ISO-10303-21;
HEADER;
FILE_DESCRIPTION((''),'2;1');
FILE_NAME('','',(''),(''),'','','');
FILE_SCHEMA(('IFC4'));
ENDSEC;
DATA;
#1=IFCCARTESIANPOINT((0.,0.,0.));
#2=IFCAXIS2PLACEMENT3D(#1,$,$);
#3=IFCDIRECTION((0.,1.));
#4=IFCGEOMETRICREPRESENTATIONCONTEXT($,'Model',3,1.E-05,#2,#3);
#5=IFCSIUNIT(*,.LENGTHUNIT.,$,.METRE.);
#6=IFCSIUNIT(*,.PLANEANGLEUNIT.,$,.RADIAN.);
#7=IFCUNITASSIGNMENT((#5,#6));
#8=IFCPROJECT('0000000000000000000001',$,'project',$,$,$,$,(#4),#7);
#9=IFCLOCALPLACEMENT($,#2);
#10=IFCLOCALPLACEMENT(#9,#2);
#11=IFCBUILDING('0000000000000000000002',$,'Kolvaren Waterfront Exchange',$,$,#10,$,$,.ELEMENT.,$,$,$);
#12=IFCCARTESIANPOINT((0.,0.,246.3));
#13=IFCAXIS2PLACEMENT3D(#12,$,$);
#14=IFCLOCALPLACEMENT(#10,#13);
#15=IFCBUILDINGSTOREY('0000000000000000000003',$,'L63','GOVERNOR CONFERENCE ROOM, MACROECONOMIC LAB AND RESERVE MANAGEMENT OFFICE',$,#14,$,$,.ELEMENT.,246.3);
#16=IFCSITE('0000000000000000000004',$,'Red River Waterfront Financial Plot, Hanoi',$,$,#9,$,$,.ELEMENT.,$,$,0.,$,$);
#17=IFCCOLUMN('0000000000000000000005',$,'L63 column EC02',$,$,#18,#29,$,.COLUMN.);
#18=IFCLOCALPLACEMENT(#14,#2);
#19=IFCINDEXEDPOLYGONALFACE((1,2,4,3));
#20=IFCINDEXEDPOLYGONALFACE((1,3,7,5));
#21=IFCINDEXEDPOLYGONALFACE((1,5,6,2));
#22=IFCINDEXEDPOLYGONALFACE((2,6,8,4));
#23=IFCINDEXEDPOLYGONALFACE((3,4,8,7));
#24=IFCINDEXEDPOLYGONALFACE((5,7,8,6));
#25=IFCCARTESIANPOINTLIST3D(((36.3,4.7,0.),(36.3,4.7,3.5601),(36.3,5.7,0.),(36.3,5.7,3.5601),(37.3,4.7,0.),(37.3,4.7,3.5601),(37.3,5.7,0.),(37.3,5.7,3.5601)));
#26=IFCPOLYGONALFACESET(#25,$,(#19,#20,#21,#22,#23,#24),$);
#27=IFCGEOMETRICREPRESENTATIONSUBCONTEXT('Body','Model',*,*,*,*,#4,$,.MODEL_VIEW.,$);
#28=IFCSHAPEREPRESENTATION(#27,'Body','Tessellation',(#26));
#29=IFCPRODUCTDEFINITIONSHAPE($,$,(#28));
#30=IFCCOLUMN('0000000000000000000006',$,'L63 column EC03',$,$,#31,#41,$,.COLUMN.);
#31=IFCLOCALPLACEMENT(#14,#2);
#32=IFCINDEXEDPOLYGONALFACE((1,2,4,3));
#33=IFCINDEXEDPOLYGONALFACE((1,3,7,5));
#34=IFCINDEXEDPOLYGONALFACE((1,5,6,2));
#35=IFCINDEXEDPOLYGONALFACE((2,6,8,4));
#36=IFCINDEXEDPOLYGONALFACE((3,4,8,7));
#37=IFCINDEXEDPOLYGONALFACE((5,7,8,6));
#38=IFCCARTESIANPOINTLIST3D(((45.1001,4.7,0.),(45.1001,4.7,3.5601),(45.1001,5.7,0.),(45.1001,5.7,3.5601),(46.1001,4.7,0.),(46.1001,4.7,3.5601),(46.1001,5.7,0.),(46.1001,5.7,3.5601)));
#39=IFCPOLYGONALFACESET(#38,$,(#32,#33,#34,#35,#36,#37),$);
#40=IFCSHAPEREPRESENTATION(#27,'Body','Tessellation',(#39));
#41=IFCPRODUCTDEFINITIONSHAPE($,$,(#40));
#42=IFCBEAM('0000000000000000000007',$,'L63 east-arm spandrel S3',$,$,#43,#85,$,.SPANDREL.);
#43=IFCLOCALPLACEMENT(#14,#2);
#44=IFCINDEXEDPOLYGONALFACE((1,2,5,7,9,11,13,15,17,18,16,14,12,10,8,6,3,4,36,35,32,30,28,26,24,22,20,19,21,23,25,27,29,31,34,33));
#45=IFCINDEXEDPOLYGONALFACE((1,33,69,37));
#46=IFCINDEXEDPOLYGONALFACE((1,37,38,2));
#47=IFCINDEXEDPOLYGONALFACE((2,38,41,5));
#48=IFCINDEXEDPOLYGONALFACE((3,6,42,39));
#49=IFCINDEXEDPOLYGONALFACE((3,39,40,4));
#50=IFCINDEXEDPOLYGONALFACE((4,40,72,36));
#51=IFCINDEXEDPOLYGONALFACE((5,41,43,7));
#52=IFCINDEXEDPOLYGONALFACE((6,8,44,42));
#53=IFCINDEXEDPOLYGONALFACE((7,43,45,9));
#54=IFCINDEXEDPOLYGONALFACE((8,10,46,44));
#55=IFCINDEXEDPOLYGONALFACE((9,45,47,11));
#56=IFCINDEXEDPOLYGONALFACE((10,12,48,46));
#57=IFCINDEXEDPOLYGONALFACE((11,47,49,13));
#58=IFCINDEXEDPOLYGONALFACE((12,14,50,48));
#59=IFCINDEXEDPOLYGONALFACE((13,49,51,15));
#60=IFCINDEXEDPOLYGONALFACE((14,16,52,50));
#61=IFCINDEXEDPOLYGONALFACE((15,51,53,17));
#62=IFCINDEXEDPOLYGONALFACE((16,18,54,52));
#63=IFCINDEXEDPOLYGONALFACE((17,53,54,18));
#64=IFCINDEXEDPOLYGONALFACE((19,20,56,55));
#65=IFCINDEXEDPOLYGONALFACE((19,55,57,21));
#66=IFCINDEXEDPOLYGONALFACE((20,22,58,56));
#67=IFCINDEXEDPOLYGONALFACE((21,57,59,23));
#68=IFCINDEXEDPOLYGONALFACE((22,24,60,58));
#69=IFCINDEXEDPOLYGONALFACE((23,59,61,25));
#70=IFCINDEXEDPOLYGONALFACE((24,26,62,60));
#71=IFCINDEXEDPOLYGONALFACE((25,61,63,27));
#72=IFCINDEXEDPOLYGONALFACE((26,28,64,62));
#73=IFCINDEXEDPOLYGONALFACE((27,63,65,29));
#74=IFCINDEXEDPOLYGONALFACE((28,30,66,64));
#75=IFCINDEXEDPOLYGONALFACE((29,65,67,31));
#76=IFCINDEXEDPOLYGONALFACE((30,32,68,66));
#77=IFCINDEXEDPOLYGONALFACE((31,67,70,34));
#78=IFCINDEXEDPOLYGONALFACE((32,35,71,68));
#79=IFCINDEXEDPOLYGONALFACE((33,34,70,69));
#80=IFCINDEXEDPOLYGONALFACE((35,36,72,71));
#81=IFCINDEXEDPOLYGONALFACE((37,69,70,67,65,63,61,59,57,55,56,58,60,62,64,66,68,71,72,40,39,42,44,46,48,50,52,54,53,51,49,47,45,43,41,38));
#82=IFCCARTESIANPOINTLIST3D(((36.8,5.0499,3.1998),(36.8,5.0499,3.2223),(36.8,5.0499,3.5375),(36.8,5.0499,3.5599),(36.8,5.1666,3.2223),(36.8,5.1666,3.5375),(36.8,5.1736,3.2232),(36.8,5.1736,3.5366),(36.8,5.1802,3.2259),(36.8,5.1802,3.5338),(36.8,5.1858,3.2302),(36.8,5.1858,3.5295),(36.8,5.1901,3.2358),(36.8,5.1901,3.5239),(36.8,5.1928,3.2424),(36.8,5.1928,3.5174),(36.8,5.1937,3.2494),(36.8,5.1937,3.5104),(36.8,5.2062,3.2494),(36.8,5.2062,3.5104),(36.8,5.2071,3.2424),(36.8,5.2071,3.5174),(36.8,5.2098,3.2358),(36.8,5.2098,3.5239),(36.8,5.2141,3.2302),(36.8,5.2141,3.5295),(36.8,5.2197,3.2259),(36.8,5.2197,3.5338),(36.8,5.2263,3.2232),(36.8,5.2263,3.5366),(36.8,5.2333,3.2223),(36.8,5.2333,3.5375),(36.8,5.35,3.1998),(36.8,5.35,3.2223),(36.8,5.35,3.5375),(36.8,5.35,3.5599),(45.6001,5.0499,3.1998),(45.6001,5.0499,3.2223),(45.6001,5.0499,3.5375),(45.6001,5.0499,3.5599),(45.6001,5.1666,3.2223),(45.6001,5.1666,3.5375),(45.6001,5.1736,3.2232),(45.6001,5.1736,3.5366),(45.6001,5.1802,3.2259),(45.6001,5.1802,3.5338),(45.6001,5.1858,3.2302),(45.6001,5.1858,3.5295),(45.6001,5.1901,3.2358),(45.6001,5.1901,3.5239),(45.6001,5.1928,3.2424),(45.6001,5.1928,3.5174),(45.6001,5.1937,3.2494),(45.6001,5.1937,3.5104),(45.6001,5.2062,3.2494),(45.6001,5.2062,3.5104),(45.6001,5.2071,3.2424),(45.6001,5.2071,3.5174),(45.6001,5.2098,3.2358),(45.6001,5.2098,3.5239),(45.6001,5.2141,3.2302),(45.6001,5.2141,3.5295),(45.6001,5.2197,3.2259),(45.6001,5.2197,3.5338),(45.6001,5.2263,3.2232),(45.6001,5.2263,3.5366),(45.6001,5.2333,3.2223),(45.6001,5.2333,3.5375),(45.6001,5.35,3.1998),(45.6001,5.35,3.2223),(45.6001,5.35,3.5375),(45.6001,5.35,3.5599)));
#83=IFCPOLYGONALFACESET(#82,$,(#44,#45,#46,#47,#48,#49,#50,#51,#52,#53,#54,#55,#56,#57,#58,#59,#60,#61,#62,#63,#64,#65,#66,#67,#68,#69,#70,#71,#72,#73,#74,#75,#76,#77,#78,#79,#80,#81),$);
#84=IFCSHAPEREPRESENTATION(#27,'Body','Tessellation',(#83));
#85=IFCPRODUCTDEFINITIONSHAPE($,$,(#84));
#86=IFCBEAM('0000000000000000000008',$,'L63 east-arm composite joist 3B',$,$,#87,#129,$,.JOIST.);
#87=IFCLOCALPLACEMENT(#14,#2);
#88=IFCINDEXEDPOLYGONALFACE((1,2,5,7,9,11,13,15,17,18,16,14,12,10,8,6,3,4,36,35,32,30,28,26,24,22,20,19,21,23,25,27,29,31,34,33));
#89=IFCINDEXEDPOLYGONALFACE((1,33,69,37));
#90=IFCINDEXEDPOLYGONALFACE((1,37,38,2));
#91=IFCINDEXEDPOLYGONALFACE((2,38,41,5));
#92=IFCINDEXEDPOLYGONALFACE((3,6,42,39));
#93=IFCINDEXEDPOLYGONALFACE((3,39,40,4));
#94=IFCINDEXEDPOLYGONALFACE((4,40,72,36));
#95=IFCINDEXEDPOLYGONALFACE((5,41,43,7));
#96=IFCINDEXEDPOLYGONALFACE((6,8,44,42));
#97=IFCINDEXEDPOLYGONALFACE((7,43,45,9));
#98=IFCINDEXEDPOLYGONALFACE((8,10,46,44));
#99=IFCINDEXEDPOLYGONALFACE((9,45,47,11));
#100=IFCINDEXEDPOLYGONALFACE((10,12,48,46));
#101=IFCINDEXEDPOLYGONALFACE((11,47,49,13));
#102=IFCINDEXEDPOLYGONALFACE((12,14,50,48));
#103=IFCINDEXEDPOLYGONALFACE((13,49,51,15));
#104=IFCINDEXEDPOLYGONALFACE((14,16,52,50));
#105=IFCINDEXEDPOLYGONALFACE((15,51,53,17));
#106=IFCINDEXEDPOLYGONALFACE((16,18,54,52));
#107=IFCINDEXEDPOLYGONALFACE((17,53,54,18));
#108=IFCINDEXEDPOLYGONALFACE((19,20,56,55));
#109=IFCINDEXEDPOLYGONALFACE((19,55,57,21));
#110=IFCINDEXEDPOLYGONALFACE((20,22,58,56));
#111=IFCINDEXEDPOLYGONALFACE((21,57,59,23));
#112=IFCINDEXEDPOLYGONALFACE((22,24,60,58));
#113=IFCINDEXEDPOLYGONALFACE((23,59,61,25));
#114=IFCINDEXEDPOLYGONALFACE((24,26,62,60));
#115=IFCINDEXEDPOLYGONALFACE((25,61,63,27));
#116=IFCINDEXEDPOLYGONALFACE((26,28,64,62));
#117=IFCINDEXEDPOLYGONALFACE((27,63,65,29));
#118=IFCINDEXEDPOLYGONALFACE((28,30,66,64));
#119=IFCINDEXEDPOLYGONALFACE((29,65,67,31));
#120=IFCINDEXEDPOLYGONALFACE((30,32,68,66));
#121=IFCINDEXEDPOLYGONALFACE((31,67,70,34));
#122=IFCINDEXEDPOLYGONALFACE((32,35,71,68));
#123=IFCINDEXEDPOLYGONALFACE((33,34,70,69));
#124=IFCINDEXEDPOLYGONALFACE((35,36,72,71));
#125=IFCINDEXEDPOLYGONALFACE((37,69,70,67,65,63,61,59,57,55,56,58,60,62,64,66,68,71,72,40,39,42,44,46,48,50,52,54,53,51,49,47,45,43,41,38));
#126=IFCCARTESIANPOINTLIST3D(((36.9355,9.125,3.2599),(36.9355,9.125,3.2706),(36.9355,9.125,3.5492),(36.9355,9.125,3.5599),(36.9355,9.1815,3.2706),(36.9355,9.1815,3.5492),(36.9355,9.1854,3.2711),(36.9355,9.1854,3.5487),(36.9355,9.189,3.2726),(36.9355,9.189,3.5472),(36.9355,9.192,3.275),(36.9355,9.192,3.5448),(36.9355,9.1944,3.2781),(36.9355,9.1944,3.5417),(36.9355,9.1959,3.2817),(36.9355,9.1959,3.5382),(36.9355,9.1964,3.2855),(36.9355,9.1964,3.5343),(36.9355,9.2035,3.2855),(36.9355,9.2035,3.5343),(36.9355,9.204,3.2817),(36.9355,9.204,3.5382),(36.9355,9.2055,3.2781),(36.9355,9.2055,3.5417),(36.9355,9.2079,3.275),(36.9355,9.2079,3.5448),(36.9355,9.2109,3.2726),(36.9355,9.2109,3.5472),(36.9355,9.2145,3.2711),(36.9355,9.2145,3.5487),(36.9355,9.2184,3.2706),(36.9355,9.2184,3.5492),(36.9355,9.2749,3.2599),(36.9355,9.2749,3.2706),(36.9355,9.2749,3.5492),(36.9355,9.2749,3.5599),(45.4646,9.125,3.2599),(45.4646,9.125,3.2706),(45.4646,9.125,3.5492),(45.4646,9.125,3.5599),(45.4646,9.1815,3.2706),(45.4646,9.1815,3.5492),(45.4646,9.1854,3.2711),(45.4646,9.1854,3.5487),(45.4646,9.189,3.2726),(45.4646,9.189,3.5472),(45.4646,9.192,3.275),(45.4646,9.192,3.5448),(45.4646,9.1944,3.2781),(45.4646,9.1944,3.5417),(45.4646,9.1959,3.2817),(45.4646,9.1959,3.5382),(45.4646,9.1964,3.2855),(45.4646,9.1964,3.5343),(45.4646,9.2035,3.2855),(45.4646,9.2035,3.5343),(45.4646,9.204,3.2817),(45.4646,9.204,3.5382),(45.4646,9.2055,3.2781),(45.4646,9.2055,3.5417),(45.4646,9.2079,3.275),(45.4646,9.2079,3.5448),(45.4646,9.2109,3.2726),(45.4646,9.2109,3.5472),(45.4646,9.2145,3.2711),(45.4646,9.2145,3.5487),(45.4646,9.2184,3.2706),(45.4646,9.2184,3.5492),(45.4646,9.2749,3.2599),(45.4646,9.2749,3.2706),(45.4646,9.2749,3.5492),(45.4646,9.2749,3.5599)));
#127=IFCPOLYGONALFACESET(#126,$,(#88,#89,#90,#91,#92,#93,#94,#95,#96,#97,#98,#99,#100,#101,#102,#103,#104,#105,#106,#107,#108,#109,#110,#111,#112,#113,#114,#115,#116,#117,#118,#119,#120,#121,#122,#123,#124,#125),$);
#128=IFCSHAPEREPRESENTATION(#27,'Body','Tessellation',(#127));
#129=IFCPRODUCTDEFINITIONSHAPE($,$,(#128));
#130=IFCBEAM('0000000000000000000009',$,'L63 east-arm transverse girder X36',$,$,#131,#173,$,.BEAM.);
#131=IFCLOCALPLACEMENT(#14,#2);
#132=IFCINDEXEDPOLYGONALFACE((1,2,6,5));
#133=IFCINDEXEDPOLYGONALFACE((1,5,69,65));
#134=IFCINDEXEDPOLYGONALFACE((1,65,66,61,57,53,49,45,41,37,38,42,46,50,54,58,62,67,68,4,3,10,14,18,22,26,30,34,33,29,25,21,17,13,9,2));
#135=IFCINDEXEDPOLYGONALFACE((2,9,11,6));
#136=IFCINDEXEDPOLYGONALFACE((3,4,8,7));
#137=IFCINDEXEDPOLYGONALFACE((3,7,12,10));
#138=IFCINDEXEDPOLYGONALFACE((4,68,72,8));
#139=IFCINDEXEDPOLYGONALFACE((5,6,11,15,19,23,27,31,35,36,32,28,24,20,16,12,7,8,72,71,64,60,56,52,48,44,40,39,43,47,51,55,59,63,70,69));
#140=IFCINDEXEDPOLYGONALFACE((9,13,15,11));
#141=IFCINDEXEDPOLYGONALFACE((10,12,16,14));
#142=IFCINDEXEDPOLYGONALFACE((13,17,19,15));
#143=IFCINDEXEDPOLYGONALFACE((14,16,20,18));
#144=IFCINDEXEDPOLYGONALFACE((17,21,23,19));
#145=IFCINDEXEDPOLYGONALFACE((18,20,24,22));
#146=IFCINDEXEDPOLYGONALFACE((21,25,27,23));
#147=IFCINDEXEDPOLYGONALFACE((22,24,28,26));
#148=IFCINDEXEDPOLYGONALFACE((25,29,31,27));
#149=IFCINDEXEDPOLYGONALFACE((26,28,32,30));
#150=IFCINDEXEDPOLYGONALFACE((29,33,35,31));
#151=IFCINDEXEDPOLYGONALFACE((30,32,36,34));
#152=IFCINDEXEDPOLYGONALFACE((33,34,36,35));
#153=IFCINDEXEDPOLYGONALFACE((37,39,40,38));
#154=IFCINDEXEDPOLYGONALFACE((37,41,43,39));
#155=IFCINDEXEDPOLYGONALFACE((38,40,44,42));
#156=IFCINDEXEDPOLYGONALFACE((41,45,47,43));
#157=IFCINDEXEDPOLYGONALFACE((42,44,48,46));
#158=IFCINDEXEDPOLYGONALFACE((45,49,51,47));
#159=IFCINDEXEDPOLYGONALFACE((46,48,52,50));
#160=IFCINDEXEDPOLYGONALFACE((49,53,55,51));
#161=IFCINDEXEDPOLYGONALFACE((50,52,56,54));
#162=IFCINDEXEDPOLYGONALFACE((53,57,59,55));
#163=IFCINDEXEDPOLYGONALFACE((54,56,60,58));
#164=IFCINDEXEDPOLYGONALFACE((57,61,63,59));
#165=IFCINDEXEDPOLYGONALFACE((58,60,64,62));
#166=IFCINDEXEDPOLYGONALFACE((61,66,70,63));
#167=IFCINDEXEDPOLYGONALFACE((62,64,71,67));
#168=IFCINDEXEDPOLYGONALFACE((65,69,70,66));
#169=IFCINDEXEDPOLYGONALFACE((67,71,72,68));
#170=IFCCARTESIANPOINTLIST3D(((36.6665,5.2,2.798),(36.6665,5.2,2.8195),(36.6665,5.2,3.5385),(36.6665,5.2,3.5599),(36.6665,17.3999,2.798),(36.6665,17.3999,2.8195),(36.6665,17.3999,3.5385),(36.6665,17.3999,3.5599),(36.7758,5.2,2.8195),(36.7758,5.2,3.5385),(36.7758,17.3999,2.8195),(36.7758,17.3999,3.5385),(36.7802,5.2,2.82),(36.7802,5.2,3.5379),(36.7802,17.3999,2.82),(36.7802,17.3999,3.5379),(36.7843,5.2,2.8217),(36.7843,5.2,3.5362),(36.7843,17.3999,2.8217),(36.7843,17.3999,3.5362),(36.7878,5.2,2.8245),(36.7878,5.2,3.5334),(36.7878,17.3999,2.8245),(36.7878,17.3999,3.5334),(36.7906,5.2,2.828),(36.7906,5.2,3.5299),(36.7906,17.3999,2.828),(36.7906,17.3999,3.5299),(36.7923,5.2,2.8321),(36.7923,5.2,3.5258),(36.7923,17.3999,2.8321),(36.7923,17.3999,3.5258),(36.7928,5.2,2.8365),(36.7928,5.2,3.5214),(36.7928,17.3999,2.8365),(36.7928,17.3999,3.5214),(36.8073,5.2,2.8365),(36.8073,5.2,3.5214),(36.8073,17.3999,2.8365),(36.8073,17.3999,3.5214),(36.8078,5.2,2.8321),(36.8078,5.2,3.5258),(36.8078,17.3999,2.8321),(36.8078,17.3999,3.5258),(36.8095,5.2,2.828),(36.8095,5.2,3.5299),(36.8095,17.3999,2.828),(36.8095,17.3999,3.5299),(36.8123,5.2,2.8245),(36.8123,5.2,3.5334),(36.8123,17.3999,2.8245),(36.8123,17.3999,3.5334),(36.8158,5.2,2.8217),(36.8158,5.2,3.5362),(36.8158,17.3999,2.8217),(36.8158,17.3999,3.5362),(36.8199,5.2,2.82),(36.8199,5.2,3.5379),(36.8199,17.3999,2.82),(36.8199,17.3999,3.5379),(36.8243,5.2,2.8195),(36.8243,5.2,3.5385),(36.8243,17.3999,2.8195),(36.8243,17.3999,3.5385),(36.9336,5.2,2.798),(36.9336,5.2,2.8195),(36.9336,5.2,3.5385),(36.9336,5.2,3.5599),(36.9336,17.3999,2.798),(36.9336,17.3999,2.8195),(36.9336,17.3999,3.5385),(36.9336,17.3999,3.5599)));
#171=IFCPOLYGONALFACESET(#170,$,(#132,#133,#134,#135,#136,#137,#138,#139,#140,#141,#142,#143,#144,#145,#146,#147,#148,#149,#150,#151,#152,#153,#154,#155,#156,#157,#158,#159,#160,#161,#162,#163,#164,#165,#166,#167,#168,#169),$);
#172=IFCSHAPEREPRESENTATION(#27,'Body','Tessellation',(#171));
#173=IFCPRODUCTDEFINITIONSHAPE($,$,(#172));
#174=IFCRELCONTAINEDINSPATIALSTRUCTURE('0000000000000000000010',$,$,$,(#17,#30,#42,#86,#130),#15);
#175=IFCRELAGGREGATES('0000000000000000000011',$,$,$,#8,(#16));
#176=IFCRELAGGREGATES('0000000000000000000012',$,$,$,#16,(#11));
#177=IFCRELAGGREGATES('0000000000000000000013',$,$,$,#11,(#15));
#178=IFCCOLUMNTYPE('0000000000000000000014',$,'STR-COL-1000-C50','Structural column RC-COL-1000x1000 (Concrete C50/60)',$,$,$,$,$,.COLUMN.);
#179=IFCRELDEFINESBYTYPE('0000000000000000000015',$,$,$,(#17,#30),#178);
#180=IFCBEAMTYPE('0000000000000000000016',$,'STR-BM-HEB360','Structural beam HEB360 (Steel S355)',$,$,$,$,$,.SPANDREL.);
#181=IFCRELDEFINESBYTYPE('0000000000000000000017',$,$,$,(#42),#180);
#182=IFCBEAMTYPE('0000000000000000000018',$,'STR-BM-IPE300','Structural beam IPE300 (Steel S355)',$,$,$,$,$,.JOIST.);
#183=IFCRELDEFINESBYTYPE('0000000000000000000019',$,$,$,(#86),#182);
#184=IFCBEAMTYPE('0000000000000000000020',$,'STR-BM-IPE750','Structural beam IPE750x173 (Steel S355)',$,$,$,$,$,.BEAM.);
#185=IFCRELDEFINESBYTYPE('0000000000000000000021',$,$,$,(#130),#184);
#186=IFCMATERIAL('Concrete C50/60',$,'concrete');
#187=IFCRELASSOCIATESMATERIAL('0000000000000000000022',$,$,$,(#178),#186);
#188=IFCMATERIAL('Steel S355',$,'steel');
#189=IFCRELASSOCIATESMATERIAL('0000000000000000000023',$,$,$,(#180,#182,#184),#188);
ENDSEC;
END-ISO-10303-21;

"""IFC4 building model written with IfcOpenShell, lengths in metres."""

from ifc_helpers import new_model, si_unit, direction, frame, origin, origin_2d, place, context, subcontext, project, spatial, rectangle, i_section, extrude, material, material_profile, profile_set, type_object, element, save


model = new_model("IFC4")

# Units and contexts
model_context = context("Model", 3, precision=1e-05, world=origin(), true_north=direction((0.0, 1.0)))
body_context = subcontext(model_context, "Body", "Model", "MODEL_VIEW")
ifc_project = project(units=[si_unit("LENGTHUNIT", "METRE"), si_unit("PLANEANGLEUNIT", "RADIAN")], contexts=[model_context])

# Site, building, storey
site_placement = place(None, origin())
site = spatial("IfcSite", under=ifc_project, at=site_placement, Name="Red River Waterfront Financial Plot, Hanoi", CompositionType="ELEMENT", RefElevation=0.0)
building_placement = place(site_placement, origin())
building = spatial("IfcBuilding", under=site, at=building_placement, Name="Kolvaren Waterfront Exchange", CompositionType="ELEMENT")
storey_placement = place(building_placement, frame((0.0, 0.0, 246.3)))
storey = spatial("IfcBuildingStorey", under=building, at=storey_placement, Name="L63", Description="GOVERNOR CONFERENCE ROOM, MACROECONOMIC LAB AND RESERVE MANAGEMENT OFFICE", CompositionType="ELEMENT", Elevation=246.3)

# Columns
ifc_material_1 = material(Name="Concrete C50/60", Category="concrete")
ifc_material_profile_1 = material_profile(ifc_material_1, rectangle(XDim=1.0, YDim=1.0, at=origin_2d()), Name="RC-COL-1000x1000")
ifc_profile_set_1 = profile_set([ifc_material_profile_1], Name="Concrete C50/60")
column_type = type_object("IfcColumnType", Name="STR-COL-1000-C50", Description="Structural column RC-COL-1000x1000 (Concrete C50/60)", PredefinedType="COLUMN", material=ifc_profile_set_1)
for number, where, z_axis, x_axis, name in (
    (1, (36.8, 5.2, 0.0), (0.0, 0.0, 1.0), (1.0, 0.0, 0.0), "L63 column EC02"),
    (2, (45.6001, 5.2, 0.0), (0.0, 0.0, 1.0), (1.0, 0.0, 0.0), "L63 column EC03"),
):
    element("IfcColumn", number, at=place(storey_placement, frame(where, z_axis=z_axis, x_axis=x_axis)), inside=storey, type_object=column_type, Name=name, PredefinedType="COLUMN", context=body_context, shape_type="SweptSolid", body=[
        extrude(rectangle(XDim=1.0, YDim=1.0, at=origin_2d()), origin(), (0.0, 0.0, 1.0), 3.5601),
    ])

# Beams
ifc_material_2 = material(Name="Steel S355", Category="steel")
ifc_material_profile_2 = material_profile(ifc_material_2, i_section(OverallWidth=0.3, OverallDepth=0.3601, WebThickness=0.0125, FlangeThickness=0.0225, FilletRadius=0.0271, at=origin_2d()), Name="HEB360")
ifc_profile_set_2 = profile_set([ifc_material_profile_2], Name="Steel S355")
beam_type_1 = type_object("IfcBeamType", Name="STR-BM-HEB360", Description="Structural beam HEB360 (Steel S355)", PredefinedType="SPANDREL", material=ifc_profile_set_2)
beam_1_placement = place(storey_placement, frame((36.8, 5.2, 3.3799), z_axis=(1.0, 0.0, 0.0), x_axis=(0.0, 1.0, 0.0)))
element("IfcBeam", 3, at=beam_1_placement, inside=storey, type_object=beam_type_1, Name="L63 east-arm spandrel S3", PredefinedType="SPANDREL", context=body_context, shape_type="SweptSolid", body=[
    extrude(i_section(OverallWidth=0.3, OverallDepth=0.3601, WebThickness=0.0125, FlangeThickness=0.0225, FilletRadius=0.0271, at=origin_2d()), origin(), (0.0, 0.0, 1.0), 8.8),
])
ifc_material_profile_3 = material_profile(ifc_material_2, i_section(OverallWidth=0.1499, OverallDepth=0.3, WebThickness=0.0071, FlangeThickness=0.0107, FilletRadius=0.0149, at=origin_2d()), Name="IPE300")
ifc_profile_set_3 = profile_set([ifc_material_profile_3], Name="Steel S355")
beam_type_2 = type_object("IfcBeamType", Name="STR-BM-IPE300", Description="Structural beam IPE300 (Steel S355)", PredefinedType="JOIST", material=ifc_profile_set_3)
beam_2_placement = place(storey_placement, frame((36.9355, 9.2, 3.4099), z_axis=(1.0, 0.0, 0.0), x_axis=(0.0, 1.0, 0.0)))
element("IfcBeam", 4, at=beam_2_placement, inside=storey, type_object=beam_type_2, Name="L63 east-arm composite joist 3B", PredefinedType="JOIST", context=body_context, shape_type="SweptSolid", body=[
    extrude(i_section(OverallWidth=0.1499, OverallDepth=0.3, WebThickness=0.0071, FlangeThickness=0.0107, FilletRadius=0.0149, at=origin_2d()), origin(), (0.0, 0.0, 1.0), 8.5291),
])
ifc_material_profile_4 = material_profile(ifc_material_2, i_section(OverallWidth=0.2671, OverallDepth=0.762, WebThickness=0.0144, FlangeThickness=0.0215, FilletRadius=0.0171, at=origin_2d()), Name="IPE750x173")
ifc_profile_set_4 = profile_set([ifc_material_profile_4], Name="Steel S355")
beam_type_3 = type_object("IfcBeamType", Name="STR-BM-IPE750", Description="Structural beam IPE750x173 (Steel S355)", PredefinedType="BEAM", material=ifc_profile_set_4)
for number, where, z_axis, x_axis, name in (
    (5, (36.8, 5.2, 3.179), (0.0, 1.0, 0.0), (-1.0, 0.0, 0.0), "L63 east-arm transverse girder X36"),
):
    element("IfcBeam", number, at=place(storey_placement, frame(where, z_axis=z_axis, x_axis=x_axis)), inside=storey, type_object=beam_type_3, Name=name, PredefinedType="BEAM", context=body_context, shape_type="SweptSolid", body=[
        extrude(i_section(OverallWidth=0.2671, OverallDepth=0.762, WebThickness=0.0144, FlangeThickness=0.0215, FilletRadius=0.0171, at=origin_2d()), origin(), (0.0, 0.0, 1.0), 12.2),
    ])

save(model, "model.ifc")
